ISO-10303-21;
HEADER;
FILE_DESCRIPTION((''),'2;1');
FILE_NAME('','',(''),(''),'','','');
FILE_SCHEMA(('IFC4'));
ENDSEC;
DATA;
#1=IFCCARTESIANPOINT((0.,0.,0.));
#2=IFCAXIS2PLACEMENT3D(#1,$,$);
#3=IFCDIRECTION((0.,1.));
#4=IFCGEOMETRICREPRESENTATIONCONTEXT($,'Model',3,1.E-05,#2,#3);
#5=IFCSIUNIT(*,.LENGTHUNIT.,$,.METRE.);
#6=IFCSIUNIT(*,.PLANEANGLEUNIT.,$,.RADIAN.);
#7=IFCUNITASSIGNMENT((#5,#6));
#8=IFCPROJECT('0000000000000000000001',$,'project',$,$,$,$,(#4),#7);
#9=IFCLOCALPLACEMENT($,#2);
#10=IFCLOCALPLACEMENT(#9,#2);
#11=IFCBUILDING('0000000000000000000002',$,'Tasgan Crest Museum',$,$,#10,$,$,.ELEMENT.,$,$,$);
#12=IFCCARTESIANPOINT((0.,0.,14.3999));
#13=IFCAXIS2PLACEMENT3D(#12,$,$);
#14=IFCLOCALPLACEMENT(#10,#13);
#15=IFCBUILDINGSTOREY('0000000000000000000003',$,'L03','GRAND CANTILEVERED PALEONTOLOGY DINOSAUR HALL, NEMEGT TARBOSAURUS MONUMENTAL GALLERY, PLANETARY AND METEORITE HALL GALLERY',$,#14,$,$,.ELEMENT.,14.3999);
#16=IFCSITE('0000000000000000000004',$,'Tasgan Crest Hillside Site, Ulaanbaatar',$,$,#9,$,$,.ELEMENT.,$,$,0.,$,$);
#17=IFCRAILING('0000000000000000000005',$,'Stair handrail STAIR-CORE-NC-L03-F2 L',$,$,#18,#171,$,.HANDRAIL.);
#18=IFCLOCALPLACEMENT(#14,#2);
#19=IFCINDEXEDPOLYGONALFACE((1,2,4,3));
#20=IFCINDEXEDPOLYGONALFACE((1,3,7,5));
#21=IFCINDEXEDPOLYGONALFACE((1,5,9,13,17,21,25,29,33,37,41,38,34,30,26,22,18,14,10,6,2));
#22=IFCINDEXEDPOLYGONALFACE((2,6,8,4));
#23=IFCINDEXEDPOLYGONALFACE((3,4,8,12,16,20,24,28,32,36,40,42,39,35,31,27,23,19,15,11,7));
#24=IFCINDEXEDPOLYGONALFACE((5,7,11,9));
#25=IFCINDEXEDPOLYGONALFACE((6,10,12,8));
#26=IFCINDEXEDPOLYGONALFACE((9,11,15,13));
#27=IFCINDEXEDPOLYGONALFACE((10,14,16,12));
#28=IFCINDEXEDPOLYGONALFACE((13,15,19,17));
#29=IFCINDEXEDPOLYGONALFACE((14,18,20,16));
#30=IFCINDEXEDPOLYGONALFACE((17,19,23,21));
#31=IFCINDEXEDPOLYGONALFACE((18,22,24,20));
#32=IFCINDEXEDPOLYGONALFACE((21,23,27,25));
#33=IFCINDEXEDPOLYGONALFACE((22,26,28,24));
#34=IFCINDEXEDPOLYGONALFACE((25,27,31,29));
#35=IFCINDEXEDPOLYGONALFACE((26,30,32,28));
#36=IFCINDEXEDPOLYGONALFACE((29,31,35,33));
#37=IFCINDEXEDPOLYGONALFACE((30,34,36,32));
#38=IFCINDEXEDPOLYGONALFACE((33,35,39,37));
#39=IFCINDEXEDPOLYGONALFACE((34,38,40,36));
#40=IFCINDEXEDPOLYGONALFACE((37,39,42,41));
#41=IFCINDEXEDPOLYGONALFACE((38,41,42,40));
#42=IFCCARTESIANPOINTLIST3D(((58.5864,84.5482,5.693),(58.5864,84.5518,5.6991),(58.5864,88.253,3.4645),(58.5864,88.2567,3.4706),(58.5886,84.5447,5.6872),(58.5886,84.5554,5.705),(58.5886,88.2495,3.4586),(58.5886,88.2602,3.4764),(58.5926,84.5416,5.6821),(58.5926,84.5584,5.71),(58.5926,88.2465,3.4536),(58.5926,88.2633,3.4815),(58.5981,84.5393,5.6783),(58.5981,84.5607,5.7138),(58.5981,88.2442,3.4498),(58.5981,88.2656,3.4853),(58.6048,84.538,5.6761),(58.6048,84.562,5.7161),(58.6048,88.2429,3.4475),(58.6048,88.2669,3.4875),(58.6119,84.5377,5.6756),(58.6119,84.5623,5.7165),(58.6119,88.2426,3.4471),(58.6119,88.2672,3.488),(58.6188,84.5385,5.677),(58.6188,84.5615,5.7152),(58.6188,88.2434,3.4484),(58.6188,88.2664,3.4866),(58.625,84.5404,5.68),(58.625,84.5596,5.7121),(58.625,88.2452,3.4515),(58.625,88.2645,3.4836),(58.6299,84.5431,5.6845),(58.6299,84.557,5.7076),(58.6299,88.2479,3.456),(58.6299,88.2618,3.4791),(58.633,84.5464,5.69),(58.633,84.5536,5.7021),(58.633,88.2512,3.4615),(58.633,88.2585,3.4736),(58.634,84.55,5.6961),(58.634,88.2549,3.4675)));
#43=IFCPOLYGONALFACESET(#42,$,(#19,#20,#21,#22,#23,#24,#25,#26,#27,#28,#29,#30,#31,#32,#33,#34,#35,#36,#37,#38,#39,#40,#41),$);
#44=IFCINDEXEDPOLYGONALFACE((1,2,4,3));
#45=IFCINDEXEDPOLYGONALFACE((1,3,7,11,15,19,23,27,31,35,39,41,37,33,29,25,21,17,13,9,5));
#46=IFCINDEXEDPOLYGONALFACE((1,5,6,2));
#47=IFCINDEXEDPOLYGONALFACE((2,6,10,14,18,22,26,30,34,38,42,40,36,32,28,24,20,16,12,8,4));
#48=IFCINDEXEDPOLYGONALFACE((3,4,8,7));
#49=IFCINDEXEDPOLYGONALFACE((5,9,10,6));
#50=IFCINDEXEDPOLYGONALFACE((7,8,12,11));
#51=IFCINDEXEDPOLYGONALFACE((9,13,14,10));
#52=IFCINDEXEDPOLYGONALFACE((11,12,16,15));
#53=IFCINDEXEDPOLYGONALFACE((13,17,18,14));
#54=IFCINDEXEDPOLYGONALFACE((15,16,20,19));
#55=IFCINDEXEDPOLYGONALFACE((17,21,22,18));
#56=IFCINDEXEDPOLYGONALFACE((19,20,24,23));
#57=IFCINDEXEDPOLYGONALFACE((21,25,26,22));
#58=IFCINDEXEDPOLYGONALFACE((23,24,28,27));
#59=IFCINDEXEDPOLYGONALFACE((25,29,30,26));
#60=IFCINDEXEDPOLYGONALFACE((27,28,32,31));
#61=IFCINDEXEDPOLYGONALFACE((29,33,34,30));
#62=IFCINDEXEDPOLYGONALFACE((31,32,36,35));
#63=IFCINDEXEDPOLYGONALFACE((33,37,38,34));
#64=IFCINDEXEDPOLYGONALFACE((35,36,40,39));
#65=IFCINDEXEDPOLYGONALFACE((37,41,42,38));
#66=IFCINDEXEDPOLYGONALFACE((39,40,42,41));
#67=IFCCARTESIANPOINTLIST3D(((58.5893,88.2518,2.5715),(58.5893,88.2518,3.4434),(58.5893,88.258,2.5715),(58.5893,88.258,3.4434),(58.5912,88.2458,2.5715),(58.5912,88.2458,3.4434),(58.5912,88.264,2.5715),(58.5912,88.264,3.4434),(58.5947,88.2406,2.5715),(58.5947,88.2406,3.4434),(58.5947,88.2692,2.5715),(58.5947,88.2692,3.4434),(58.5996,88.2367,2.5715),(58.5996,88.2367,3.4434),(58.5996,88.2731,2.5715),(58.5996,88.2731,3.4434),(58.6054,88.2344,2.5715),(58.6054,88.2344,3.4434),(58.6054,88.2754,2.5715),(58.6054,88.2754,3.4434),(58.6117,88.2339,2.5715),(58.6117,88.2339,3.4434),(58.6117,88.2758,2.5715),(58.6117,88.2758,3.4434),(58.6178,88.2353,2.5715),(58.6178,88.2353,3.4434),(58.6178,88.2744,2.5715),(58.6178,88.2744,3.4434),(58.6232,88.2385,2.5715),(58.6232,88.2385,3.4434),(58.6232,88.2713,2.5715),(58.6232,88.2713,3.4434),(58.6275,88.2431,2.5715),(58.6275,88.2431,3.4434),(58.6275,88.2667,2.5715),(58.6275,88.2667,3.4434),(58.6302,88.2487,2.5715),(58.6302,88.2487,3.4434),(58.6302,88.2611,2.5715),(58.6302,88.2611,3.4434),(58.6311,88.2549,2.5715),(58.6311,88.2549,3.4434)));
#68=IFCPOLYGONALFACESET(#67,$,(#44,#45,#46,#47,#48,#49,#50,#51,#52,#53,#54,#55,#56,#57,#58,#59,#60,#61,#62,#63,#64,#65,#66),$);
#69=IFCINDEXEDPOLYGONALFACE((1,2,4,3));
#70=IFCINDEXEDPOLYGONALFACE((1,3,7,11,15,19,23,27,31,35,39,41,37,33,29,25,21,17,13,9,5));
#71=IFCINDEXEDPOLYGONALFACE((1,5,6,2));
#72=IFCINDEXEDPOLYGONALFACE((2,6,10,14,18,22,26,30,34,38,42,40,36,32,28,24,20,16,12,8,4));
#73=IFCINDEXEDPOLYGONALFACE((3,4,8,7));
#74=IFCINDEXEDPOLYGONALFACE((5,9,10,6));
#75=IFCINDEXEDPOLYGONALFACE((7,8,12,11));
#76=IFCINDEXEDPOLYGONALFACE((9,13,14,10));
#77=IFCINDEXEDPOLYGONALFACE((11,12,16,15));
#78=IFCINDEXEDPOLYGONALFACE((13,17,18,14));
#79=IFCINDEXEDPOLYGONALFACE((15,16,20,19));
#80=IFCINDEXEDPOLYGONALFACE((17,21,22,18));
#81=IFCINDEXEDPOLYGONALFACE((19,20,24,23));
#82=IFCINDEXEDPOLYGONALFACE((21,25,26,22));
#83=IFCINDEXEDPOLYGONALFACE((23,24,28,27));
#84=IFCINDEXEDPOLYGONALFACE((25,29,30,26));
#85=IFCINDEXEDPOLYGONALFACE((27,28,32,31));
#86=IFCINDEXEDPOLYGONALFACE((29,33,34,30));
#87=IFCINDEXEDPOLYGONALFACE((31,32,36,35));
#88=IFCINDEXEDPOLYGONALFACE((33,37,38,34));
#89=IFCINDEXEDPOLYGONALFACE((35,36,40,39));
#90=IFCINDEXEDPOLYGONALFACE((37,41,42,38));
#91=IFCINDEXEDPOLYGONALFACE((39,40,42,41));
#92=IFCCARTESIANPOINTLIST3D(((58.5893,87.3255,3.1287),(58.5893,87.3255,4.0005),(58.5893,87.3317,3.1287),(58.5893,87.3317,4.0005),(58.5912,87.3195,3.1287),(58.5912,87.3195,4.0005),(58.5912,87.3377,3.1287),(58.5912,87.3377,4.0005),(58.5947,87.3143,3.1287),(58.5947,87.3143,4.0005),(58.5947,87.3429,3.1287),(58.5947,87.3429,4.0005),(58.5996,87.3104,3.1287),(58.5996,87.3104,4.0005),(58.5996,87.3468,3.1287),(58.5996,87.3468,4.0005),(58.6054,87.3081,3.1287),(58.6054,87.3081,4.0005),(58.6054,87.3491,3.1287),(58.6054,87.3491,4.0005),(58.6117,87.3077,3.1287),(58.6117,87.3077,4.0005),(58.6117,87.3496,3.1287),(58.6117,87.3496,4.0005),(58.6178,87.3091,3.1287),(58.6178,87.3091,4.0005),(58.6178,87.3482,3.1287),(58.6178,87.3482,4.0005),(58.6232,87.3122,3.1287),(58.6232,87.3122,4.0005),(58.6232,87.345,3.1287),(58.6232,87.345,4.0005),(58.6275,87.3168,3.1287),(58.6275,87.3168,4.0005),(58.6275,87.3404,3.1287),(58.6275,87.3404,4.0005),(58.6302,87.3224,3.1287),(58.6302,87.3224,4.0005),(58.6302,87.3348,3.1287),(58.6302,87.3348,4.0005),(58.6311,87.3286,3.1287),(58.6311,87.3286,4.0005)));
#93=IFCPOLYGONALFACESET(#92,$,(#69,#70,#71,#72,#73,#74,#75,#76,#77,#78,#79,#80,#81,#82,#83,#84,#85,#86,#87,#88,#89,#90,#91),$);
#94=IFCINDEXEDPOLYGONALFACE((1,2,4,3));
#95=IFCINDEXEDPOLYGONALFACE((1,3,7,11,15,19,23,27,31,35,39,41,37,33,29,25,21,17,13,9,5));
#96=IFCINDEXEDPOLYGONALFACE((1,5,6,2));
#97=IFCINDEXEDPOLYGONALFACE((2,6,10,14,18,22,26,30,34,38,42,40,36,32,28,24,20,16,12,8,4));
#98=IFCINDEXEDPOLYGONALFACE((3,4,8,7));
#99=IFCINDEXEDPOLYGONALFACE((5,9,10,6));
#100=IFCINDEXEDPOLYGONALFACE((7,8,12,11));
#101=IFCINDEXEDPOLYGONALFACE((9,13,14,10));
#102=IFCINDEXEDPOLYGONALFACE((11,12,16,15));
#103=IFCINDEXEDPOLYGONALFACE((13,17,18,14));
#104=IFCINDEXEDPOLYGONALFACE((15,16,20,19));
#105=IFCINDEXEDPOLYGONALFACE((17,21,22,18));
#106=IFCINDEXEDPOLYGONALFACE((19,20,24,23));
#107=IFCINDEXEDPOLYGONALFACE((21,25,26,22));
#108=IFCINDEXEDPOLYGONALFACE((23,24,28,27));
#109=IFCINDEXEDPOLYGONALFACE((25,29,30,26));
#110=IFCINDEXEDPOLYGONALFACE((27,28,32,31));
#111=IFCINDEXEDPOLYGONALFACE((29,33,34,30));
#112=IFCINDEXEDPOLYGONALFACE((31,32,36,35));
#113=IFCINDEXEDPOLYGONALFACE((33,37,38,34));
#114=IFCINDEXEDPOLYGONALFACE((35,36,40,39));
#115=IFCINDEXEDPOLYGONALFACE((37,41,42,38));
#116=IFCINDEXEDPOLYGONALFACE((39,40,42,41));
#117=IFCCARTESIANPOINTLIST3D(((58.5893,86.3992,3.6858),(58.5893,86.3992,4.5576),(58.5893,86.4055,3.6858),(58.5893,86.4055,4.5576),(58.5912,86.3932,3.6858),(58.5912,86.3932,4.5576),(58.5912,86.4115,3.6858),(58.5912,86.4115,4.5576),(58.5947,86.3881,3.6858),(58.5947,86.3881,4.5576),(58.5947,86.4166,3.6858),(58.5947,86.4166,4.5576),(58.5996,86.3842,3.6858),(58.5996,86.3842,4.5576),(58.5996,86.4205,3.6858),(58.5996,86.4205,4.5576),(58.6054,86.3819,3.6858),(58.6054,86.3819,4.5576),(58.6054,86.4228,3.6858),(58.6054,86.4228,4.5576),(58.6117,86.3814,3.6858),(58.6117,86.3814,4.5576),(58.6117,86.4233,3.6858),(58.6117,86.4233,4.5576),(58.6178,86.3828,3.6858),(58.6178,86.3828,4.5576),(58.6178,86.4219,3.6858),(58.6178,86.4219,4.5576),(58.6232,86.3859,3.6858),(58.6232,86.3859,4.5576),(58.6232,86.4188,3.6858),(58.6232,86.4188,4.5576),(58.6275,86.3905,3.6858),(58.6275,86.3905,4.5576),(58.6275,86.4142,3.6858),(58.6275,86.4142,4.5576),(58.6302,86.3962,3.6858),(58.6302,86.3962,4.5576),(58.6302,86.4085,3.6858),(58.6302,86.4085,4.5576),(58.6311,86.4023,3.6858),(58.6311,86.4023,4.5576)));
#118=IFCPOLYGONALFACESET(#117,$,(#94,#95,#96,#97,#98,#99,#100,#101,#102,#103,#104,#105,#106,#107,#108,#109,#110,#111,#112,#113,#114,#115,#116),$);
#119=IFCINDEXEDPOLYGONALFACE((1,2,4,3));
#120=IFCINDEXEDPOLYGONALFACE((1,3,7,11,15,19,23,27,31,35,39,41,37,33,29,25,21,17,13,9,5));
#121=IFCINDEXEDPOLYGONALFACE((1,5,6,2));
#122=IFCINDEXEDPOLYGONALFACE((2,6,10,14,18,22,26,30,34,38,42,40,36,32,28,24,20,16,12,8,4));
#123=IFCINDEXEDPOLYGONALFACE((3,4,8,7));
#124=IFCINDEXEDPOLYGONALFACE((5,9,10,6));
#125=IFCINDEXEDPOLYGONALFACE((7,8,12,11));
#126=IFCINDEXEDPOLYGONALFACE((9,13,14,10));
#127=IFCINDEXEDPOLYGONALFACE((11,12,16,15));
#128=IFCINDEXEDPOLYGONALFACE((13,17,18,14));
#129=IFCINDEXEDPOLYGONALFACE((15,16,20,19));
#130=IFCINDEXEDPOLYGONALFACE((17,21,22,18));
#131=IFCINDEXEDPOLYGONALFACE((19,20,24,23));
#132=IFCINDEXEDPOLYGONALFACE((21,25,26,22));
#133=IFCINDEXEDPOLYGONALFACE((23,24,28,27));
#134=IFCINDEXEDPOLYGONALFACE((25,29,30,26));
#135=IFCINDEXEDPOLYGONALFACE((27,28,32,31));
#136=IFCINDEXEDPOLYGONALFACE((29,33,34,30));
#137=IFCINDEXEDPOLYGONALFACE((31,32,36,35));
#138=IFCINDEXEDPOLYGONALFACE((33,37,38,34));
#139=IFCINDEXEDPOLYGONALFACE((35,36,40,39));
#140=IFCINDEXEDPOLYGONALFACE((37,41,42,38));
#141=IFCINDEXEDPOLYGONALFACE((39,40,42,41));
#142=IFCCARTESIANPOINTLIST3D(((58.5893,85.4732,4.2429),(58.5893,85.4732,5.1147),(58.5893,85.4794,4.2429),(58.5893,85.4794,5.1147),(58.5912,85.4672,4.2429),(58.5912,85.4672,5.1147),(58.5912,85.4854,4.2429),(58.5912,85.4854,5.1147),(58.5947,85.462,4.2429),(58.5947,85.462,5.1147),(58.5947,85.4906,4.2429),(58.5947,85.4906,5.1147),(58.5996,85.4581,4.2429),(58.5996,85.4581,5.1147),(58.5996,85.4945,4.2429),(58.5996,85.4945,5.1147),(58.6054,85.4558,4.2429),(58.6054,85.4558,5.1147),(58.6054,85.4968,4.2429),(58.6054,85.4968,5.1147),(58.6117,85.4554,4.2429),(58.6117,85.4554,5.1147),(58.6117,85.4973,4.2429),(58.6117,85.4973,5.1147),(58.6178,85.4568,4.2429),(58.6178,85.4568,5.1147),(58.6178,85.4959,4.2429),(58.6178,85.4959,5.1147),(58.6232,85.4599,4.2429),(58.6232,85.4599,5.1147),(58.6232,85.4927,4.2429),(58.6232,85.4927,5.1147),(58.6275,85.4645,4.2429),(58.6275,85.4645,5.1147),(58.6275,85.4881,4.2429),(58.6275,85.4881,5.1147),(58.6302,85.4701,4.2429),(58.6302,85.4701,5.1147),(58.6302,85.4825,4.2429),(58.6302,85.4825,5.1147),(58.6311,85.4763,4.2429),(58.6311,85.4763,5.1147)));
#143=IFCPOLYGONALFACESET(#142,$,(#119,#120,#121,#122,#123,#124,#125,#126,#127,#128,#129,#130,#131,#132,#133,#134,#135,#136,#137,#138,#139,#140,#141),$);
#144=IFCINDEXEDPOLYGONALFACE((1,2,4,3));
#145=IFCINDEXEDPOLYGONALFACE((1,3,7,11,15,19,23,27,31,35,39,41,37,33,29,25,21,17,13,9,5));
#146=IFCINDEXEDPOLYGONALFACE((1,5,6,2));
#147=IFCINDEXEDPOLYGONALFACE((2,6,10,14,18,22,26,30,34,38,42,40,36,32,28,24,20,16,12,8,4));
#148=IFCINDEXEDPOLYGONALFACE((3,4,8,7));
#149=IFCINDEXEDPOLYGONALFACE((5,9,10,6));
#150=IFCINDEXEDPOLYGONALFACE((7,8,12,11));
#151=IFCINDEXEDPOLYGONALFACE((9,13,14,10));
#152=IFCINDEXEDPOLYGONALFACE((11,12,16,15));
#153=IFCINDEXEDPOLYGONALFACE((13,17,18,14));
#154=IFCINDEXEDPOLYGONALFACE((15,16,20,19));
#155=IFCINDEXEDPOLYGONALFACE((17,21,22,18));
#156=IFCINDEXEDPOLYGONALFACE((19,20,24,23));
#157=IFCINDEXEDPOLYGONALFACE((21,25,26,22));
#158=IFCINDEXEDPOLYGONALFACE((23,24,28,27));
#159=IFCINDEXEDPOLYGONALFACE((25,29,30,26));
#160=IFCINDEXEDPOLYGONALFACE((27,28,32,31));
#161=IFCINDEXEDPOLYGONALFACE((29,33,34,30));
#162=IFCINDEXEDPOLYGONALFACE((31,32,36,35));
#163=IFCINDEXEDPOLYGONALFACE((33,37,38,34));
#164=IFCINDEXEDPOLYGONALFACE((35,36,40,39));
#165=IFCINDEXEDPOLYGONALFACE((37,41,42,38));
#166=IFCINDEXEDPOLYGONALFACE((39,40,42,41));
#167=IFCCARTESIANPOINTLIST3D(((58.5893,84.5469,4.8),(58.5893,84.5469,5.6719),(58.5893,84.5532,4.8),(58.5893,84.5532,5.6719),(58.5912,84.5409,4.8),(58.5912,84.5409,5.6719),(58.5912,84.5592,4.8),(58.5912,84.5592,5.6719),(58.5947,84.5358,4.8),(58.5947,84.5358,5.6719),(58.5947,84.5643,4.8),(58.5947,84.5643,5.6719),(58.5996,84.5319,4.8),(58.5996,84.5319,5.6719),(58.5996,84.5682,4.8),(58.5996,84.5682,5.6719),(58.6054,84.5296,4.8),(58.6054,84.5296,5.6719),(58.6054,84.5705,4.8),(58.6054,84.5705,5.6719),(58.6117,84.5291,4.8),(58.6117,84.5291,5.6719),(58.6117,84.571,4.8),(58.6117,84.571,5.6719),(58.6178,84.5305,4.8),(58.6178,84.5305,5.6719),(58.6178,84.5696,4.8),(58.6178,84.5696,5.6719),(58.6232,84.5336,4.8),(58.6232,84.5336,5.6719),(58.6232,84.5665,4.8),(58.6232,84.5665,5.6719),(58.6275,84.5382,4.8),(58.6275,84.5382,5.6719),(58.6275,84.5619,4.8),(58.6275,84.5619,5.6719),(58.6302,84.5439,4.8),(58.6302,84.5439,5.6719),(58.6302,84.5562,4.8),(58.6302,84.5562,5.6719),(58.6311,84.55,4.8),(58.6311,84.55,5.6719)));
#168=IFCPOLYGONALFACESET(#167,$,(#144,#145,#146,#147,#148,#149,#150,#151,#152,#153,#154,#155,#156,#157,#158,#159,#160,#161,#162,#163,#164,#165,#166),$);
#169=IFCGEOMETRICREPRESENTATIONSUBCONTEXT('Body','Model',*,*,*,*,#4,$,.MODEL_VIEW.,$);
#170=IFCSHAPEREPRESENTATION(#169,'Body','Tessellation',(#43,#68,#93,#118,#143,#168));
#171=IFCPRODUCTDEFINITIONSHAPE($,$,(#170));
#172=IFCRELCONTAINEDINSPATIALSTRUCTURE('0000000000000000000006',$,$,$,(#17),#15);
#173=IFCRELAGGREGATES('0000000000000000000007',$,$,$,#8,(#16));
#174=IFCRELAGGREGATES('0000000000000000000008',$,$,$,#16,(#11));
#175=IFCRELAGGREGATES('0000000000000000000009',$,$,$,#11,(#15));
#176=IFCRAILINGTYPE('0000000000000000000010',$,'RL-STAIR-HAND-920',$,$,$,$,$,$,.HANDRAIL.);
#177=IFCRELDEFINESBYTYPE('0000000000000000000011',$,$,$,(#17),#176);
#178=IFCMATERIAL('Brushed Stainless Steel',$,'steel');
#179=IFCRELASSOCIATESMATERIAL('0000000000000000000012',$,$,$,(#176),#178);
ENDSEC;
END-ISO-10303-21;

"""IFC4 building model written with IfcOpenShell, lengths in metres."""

from ifc_helpers import new_model, si_unit, direction, frame, origin, origin_2d, place, context, subcontext, project, spatial, circle, extrude, material, type_object, element, save


model = new_model("IFC4")

# Units and contexts
model_context = context("Model", 3, precision=1e-05, world=origin(), true_north=direction((0.0, 1.0)))
body_context = subcontext(model_context, "Body", "Model", "MODEL_VIEW")
ifc_project = project(units=[si_unit("LENGTHUNIT", "METRE"), si_unit("PLANEANGLEUNIT", "RADIAN")], contexts=[model_context])

# Site, building, storey
site_placement = place(None, origin())
site = spatial("IfcSite", under=ifc_project, at=site_placement, Name="Tasgan Crest Hillside Site, Ulaanbaatar", CompositionType="ELEMENT", RefElevation=0.0)
building_placement = place(site_placement, origin())
building = spatial("IfcBuilding", under=site, at=building_placement, Name="Tasgan Crest Museum", CompositionType="ELEMENT")
storey_placement = place(building_placement, frame((0.0, 0.0, 14.3999)))
storey = spatial("IfcBuildingStorey", under=building, at=storey_placement, Name="L03", Description="GRAND CANTILEVERED PALEONTOLOGY DINOSAUR HALL, NEMEGT TARBOSAURUS MONUMENTAL GALLERY, PLANETARY AND METEORITE HALL GALLERY", CompositionType="ELEMENT", Elevation=14.3999)

# Railing
ifc_material_1 = material(Name="Brushed Stainless Steel", Category="steel")
railing_type = type_object("IfcRailingType", Name="RL-STAIR-HAND-920", PredefinedType="HANDRAIL", material=ifc_material_1)
for number, where, name in (
    (1, (58.6101, 88.2549, 2.5715), "Stair handrail STAIR-CORE-NC-L03-F2 L"),
):
    element("IfcRailing", number, at=place(storey_placement, frame(where)), inside=storey, type_object=railing_type, Name=name, PredefinedType="HANDRAIL", context=body_context, shape_type="SweptSolid", body=[
        extrude(circle(Radius=0.0239, at=origin_2d()), frame((0.0, 0.0, 0.896), z_axis=(0.0, -0.856919, 0.51545), x_axis=(1.0, 0.0, 0.0)), (0.0, 0.0, 1.0), 4.3235),
        extrude(circle(Radius=0.021, at=origin_2d()), origin(), (0.0, 0.0, 1.0), 0.8718),
        extrude(circle(Radius=0.021, at=origin_2d()), frame((0.0, -0.9263, 0.5571)), (0.0, 0.0, 1.0), 0.8718),
        extrude(circle(Radius=0.021, at=origin_2d()), frame((0.0, -1.8525, 1.1143)), (0.0, 0.0, 1.0), 0.8718),
        extrude(circle(Radius=0.021, at=origin_2d()), frame((0.0, -2.7786, 1.6714)), (0.0, 0.0, 1.0), 0.8718),
        extrude(circle(Radius=0.021, at=origin_2d()), frame((0.0, -3.7048, 2.2285)), (0.0, 0.0, 1.0), 0.8718),
    ])

save(model, "model.ifc")
